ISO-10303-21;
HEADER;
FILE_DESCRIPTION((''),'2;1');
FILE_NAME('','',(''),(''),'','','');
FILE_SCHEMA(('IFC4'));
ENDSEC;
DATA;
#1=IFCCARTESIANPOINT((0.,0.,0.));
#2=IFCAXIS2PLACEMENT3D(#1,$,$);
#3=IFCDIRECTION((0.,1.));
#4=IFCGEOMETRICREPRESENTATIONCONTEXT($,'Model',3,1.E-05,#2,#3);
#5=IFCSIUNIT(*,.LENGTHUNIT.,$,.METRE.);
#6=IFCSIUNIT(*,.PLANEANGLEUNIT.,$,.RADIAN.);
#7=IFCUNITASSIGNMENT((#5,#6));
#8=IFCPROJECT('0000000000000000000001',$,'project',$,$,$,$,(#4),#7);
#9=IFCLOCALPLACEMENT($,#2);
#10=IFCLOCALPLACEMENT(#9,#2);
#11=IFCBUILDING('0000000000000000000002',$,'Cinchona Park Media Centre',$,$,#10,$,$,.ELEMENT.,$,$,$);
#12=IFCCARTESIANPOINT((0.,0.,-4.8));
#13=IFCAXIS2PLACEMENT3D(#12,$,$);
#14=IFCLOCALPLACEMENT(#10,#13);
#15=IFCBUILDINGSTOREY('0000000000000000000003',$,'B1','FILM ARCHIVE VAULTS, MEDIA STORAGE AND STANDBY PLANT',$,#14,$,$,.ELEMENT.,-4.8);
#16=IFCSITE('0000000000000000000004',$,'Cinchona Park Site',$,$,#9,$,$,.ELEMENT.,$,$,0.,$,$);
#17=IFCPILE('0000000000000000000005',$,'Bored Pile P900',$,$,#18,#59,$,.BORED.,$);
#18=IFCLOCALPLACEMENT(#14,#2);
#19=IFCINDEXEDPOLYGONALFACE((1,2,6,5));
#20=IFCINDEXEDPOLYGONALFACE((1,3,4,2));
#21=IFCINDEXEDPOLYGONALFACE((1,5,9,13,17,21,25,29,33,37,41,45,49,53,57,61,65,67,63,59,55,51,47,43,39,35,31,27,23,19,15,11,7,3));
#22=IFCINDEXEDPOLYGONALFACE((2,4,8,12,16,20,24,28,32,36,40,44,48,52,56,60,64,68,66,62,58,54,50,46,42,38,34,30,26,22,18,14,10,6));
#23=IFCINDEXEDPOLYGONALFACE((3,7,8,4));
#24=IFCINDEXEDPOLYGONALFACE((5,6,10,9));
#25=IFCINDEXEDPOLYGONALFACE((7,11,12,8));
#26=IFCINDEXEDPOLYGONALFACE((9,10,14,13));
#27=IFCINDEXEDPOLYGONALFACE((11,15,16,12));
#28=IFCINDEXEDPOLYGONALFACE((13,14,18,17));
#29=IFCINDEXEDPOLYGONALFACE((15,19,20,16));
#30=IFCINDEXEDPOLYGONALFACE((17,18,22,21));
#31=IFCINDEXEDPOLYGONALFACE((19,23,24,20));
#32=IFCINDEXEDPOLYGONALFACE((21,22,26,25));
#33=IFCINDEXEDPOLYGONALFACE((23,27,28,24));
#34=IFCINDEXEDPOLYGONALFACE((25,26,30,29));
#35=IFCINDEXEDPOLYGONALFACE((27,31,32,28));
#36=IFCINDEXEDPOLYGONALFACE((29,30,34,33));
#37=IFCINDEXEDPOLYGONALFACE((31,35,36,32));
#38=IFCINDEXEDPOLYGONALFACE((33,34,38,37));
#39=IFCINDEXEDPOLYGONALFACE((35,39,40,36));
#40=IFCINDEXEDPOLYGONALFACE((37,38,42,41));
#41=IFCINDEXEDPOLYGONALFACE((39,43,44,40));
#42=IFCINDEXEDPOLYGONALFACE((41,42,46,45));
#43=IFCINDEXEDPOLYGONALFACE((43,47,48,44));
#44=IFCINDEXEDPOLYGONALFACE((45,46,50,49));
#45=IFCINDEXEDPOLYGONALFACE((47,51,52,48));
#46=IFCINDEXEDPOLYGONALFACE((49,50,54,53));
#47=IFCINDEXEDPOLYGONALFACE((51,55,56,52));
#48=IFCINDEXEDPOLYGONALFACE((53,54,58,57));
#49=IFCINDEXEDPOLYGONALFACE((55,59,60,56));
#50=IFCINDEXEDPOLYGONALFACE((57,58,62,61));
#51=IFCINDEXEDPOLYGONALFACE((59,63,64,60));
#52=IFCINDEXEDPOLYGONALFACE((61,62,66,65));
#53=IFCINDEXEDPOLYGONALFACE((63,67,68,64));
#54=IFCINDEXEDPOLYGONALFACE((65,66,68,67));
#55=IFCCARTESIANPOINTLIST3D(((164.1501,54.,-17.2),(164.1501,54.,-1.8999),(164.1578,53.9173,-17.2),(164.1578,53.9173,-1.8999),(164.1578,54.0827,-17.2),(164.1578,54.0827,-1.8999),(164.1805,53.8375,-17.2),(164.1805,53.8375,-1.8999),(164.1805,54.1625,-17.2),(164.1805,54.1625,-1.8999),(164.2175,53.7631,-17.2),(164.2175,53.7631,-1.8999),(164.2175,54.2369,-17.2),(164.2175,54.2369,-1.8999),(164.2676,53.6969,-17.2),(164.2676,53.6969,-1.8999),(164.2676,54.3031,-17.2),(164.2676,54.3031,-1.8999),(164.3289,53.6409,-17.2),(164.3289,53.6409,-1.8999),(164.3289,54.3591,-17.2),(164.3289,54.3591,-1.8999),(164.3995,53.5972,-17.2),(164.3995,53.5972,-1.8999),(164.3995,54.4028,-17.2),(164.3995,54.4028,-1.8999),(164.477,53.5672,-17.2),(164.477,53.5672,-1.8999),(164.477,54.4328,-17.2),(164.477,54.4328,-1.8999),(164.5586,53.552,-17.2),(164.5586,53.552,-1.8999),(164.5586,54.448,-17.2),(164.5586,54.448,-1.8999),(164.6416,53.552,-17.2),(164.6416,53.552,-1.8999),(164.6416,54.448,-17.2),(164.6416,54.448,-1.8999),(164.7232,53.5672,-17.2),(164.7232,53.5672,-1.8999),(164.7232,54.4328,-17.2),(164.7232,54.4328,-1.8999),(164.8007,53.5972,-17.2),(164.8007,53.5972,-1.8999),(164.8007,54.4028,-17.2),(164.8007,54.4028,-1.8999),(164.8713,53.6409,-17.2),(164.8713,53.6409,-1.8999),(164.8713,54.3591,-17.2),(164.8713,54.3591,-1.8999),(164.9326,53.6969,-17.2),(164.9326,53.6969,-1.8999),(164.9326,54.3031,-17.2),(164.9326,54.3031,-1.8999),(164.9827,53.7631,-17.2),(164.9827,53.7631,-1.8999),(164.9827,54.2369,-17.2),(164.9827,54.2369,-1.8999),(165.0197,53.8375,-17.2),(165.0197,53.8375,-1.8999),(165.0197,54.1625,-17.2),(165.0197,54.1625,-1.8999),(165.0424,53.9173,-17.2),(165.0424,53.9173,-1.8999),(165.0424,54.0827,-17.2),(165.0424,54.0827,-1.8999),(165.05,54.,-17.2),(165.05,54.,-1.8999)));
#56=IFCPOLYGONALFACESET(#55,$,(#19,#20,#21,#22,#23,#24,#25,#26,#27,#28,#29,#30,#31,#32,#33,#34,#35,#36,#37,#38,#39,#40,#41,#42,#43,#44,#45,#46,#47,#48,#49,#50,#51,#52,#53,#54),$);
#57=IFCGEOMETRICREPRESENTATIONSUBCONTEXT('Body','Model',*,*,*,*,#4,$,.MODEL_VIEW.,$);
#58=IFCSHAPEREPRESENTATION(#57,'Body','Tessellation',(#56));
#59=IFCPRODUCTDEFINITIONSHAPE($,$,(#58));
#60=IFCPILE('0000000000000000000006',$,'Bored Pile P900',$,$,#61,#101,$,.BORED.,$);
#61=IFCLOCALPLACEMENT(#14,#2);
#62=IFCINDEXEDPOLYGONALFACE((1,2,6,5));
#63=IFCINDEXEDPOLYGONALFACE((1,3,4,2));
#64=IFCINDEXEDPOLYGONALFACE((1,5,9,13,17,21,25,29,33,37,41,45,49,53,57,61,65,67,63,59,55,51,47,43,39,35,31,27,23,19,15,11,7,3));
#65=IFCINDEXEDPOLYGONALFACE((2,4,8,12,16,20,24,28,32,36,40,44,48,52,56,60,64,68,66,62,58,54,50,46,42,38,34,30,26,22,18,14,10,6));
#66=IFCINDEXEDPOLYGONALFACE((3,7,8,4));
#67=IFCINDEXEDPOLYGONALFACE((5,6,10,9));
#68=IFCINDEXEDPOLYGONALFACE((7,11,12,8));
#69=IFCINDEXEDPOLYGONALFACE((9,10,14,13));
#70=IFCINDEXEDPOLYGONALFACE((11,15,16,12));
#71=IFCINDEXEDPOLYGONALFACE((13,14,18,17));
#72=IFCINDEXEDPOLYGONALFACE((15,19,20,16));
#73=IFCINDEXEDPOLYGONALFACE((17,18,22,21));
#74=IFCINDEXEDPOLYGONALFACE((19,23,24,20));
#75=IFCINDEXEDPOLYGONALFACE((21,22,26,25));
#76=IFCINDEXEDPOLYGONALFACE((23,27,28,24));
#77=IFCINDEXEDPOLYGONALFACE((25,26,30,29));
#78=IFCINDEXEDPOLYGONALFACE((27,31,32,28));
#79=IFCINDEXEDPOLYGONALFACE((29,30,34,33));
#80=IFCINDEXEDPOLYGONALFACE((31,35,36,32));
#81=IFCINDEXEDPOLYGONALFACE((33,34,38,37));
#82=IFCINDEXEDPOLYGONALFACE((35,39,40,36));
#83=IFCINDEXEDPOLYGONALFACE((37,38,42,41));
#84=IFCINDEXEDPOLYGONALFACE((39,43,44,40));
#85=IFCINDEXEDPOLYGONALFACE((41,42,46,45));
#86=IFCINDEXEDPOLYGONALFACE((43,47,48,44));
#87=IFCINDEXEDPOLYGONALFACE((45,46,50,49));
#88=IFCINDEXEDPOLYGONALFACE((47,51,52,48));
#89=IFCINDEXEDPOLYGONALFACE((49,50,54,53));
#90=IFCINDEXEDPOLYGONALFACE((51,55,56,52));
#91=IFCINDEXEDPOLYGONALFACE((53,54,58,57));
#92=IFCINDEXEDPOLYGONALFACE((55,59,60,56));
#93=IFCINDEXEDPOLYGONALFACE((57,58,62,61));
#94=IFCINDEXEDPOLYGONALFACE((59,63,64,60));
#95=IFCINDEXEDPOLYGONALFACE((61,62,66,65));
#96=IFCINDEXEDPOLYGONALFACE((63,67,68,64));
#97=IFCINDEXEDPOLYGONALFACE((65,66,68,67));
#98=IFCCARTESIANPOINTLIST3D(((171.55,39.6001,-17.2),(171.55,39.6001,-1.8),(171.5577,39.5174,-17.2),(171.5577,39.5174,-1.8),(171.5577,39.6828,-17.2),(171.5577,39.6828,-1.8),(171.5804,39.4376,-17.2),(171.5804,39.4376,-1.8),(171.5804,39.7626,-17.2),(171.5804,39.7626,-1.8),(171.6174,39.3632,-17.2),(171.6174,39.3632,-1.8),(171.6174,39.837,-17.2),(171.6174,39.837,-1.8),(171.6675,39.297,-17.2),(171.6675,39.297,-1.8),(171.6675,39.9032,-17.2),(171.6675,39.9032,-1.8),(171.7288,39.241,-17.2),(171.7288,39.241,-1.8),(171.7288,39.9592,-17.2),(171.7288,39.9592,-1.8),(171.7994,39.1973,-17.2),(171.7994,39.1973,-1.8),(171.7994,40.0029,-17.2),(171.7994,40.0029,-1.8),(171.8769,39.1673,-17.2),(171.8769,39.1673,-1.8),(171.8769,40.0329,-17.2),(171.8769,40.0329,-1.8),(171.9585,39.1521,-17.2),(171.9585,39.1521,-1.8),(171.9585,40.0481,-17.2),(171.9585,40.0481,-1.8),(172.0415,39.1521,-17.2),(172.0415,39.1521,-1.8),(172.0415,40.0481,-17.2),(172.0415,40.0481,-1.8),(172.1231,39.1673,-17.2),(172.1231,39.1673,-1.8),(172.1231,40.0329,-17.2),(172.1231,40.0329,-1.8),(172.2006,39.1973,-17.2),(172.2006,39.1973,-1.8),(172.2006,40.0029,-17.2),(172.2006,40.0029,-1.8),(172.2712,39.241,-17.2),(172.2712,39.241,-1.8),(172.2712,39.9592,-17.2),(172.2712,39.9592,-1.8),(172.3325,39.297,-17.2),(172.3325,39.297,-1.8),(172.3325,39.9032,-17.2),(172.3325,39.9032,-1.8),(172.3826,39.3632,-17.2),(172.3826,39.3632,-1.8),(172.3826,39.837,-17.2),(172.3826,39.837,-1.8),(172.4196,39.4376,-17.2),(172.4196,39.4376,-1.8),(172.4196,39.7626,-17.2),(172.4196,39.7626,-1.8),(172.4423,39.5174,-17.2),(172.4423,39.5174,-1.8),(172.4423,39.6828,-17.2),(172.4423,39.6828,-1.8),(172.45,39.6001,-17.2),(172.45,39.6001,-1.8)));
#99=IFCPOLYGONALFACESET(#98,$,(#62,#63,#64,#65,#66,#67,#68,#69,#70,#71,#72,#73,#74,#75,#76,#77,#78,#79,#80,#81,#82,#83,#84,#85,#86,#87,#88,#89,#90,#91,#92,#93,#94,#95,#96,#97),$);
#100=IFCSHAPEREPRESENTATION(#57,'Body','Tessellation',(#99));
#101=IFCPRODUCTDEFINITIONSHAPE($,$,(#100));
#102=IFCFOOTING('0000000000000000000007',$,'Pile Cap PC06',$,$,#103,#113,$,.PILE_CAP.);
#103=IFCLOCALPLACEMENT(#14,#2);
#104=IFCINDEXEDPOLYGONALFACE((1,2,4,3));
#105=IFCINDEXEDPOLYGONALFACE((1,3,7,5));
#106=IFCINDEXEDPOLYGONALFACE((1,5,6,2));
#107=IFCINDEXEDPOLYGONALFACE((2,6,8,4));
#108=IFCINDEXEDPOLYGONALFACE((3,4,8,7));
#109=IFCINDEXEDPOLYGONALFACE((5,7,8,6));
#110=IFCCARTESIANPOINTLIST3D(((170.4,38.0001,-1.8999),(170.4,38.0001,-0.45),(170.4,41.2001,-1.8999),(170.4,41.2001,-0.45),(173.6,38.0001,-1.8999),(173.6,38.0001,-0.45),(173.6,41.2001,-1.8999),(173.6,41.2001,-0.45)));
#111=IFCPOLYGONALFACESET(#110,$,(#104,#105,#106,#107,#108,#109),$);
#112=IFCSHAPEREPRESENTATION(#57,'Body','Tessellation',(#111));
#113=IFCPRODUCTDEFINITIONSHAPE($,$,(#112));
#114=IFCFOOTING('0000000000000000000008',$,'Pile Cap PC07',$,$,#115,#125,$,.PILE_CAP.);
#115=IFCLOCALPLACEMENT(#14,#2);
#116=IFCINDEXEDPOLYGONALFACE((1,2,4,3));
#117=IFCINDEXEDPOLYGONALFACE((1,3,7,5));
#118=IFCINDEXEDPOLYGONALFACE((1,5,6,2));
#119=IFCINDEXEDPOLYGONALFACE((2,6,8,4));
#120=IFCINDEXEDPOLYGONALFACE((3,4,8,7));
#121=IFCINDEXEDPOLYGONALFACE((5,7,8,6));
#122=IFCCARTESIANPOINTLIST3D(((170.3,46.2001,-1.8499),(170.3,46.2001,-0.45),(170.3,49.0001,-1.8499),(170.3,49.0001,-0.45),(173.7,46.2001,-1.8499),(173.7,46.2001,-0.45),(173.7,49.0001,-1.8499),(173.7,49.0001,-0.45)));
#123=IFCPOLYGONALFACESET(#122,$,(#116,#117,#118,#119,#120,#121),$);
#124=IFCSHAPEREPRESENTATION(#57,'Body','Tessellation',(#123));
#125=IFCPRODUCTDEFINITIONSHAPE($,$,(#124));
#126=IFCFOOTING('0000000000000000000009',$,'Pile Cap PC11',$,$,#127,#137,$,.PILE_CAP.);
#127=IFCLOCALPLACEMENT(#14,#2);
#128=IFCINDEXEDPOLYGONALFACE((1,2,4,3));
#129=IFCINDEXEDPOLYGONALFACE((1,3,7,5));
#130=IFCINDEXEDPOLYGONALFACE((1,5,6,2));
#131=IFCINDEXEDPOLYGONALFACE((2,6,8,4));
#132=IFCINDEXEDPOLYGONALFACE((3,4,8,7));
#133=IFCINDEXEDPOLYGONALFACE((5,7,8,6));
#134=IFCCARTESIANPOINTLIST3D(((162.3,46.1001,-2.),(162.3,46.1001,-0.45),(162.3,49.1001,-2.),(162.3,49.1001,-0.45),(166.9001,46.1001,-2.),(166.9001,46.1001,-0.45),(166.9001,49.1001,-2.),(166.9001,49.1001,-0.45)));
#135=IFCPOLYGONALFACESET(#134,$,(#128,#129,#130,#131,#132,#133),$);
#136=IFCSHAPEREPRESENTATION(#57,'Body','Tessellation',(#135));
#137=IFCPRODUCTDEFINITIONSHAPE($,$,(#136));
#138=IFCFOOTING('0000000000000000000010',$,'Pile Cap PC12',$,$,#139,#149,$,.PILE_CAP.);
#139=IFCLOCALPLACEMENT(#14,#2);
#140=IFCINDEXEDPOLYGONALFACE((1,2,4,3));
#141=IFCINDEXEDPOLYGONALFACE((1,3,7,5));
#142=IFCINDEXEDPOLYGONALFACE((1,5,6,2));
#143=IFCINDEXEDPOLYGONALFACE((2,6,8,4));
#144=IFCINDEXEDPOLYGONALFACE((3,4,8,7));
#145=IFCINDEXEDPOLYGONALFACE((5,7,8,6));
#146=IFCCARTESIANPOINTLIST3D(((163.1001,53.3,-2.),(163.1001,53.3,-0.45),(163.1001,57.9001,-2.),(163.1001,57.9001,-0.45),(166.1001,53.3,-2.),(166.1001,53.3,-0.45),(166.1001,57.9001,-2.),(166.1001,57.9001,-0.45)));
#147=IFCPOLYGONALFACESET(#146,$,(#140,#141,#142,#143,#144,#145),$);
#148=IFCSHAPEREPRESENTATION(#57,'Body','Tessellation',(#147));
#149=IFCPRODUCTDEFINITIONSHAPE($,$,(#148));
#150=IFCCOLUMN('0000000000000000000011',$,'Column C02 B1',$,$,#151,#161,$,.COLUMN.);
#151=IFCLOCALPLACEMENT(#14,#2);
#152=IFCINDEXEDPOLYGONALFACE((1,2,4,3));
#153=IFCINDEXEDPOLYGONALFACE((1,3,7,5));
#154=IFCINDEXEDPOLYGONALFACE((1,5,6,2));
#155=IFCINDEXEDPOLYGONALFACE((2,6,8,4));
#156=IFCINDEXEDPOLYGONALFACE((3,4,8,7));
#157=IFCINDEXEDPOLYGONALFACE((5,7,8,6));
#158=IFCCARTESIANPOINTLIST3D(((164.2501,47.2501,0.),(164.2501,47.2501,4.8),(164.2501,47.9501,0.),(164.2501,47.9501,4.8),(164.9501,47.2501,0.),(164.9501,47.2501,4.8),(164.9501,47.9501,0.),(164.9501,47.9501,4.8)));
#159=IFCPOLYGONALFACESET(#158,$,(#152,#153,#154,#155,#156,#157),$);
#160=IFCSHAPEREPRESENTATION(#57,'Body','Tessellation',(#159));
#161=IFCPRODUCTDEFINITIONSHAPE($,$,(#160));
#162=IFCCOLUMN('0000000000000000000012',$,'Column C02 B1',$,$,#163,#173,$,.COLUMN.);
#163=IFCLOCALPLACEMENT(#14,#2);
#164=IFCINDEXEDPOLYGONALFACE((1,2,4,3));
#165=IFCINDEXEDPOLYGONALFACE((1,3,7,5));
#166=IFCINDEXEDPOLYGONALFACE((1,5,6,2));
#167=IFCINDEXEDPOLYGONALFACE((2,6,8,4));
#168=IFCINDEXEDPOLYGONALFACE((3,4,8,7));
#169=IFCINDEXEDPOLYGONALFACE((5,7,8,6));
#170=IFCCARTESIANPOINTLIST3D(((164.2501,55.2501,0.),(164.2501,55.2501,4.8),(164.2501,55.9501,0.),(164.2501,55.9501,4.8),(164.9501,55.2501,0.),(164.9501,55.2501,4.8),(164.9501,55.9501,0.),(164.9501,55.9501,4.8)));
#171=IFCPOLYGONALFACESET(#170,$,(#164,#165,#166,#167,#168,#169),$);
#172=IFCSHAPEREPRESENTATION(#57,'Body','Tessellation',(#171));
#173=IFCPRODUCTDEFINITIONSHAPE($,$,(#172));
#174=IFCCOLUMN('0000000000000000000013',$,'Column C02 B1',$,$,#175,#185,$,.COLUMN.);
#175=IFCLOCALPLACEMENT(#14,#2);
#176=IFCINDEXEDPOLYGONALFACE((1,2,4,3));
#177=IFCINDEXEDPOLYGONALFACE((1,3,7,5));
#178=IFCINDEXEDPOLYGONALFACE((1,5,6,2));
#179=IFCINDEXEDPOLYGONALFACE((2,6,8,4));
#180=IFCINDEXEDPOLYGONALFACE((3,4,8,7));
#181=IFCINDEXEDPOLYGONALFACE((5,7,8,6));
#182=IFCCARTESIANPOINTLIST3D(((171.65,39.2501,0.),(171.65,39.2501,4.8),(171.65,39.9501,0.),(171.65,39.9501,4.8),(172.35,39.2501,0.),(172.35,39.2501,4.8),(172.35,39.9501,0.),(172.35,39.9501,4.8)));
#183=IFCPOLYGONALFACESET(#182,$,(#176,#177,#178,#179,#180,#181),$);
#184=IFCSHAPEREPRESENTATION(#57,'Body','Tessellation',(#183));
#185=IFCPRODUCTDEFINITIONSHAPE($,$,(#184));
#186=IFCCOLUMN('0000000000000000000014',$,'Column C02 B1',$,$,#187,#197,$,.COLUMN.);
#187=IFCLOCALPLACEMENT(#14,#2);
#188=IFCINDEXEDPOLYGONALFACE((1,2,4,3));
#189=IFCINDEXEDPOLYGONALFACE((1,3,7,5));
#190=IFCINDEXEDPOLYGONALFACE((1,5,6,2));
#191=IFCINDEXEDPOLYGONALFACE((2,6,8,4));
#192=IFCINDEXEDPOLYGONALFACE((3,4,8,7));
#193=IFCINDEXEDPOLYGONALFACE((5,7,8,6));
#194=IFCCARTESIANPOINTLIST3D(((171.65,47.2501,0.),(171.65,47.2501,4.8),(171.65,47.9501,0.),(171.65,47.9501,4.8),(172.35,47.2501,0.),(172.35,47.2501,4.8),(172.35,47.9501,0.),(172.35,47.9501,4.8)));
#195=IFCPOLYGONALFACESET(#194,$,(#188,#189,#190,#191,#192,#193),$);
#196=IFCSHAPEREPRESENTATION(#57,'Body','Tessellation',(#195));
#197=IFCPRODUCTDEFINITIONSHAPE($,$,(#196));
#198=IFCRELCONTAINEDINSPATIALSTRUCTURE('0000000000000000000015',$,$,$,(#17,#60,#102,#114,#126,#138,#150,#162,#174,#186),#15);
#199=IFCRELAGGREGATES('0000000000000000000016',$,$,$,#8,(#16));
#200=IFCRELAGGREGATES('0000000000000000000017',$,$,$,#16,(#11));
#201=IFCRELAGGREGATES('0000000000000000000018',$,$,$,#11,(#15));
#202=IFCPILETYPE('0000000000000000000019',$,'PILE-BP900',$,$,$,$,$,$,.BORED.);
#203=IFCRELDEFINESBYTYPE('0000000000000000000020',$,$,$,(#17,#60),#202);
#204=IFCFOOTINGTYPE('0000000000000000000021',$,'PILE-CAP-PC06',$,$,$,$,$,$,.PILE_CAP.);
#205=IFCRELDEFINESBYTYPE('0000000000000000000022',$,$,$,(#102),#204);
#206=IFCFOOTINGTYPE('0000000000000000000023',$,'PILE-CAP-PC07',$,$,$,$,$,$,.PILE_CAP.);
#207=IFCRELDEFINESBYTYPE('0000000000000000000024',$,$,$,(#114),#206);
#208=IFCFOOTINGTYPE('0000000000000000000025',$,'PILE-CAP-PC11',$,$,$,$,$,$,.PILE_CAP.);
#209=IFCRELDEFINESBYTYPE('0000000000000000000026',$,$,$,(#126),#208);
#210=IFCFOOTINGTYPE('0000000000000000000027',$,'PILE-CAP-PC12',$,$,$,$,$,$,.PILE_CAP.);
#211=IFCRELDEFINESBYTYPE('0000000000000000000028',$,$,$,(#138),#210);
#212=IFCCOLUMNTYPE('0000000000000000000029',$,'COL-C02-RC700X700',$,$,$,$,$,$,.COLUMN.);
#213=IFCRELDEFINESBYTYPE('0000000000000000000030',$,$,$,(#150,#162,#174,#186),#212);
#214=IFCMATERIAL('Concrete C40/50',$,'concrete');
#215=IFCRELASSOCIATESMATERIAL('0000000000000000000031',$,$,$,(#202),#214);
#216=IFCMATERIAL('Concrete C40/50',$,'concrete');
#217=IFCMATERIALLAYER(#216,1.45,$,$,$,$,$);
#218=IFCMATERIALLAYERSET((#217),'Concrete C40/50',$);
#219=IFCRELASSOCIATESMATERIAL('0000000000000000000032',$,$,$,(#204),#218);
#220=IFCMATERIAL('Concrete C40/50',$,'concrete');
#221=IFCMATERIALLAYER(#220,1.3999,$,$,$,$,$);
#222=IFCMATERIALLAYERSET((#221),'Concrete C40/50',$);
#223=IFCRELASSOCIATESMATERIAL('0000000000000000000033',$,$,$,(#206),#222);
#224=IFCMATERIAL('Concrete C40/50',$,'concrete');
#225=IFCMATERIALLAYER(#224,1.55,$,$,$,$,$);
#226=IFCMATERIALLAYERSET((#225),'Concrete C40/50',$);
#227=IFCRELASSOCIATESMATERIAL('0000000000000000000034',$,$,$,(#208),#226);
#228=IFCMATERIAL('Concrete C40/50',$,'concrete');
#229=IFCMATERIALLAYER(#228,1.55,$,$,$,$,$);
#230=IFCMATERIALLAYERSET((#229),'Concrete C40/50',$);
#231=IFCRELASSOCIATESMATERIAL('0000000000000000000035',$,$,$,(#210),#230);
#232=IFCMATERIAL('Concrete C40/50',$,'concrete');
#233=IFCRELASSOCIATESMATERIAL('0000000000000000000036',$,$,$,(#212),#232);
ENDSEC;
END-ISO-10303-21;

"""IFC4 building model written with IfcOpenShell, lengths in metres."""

from ifc_helpers import new_model, si_unit, direction, frame, origin, origin_2d, place, context, subcontext, project, spatial, rectangle, circle, extrude, material, layer, layer_set, material_profile, profile_set, type_object, element, save


model = new_model("IFC4")

# Units and contexts
model_context = context("Model", 3, precision=1e-05, world=origin(), true_north=direction((0.0, 1.0)))
body_context = subcontext(model_context, "Body", "Model", "MODEL_VIEW")
ifc_project = project(units=[si_unit("LENGTHUNIT", "METRE"), si_unit("PLANEANGLEUNIT", "RADIAN")], contexts=[model_context])

# Site, building, storey
site_placement = place(None, origin())
site = spatial("IfcSite", under=ifc_project, at=site_placement, Name="Cinchona Park Site", CompositionType="ELEMENT", RefElevation=0.0)
building_placement = place(site_placement, origin())
building = spatial("IfcBuilding", under=site, at=building_placement, Name="Cinchona Park Media Centre", CompositionType="ELEMENT")
storey_placement = place(building_placement, frame((0.0, 0.0, -4.8)))
storey = spatial("IfcBuildingStorey", under=building, at=storey_placement, Name="B1", Description="FILM ARCHIVE VAULTS, MEDIA STORAGE AND STANDBY PLANT", CompositionType="ELEMENT", Elevation=-4.8)

# Piles
ifc_material_1 = material(Name="Concrete C40/50", Category="concrete")
ifc_material_profile_1 = material_profile(ifc_material_1, circle(Radius=0.45, at=origin_2d()), Name="BORED PILE 900")
ifc_profile_set_1 = profile_set([ifc_material_profile_1], Name="Concrete C40/50")
pile_type_1 = type_object("IfcPileType", Name="PILE-BP900", PredefinedType="BORED", material=ifc_profile_set_1)
pile_1_placement = place(storey_placement, frame((164.6001, 54.0, -1.8999), z_axis=(0.0, 0.0, -1.0), x_axis=(1.0, 0.0, 0.0)))
element("IfcPile", 1, at=pile_1_placement, inside=storey, type_object=pile_type_1, Name="Bored Pile P900", PredefinedType="BORED", context=body_context, shape_type="SweptSolid", body=[
    extrude(circle(Radius=0.45, at=origin_2d()), origin(), (0.0, 0.0, 1.0), 15.3),
])
pile_2_placement = place(storey_placement, frame((172.0, 39.6001, -1.8), z_axis=(0.0, 0.0, -1.0), x_axis=(1.0, 0.0, 0.0)))
element("IfcPile", 2, at=pile_2_placement, inside=storey, type_object=pile_type_1, Name="Bored Pile P900", PredefinedType="BORED", context=body_context, shape_type="SweptSolid", body=[
    extrude(circle(Radius=0.45, at=origin_2d()), origin(), (0.0, 0.0, 1.0), 15.3999),
])

# Footings
ifc_material_2 = material(Name="Concrete C40/50", Category="concrete")
ifc_layer_1 = layer(ifc_material_2, 1.45)
ifc_layer_set_1 = layer_set([ifc_layer_1], Name="Concrete C40/50")
footing_type_1 = type_object("IfcFootingType", Name="PILE-CAP-PC06", PredefinedType="PILE_CAP", material=ifc_layer_set_1)
footing_1_placement = place(storey_placement, frame((172.0, 39.6001, -1.8999), z_axis=(0.0, 0.0, 1.0), x_axis=(1.0, 0.0, 0.0)))
element("IfcFooting", 3, at=footing_1_placement, inside=storey, type_object=footing_type_1, Name="Pile Cap PC06", PredefinedType="PILE_CAP", context=body_context, shape_type="SweptSolid", body=[
    extrude(rectangle(XDim=3.2, YDim=3.2, at=origin_2d()), origin(), (0.0, 0.0, 1.0), 1.45),
])
ifc_material_3 = material(Name="Concrete C40/50", Category="concrete")
ifc_layer_2 = layer(ifc_material_3, 1.3999)
ifc_layer_set_2 = layer_set([ifc_layer_2], Name="Concrete C40/50")
footing_type_2 = type_object("IfcFootingType", Name="PILE-CAP-PC07", PredefinedType="PILE_CAP", material=ifc_layer_set_2)
footing_2_placement = place(storey_placement, frame((172.0, 47.6001, -1.8499), z_axis=(0.0, 0.0, 1.0), x_axis=(1.0, 0.0, 0.0)))
element("IfcFooting", 4, at=footing_2_placement, inside=storey, type_object=footing_type_2, Name="Pile Cap PC07", PredefinedType="PILE_CAP", context=body_context, shape_type="SweptSolid", body=[
    extrude(rectangle(XDim=3.3999, YDim=2.8, at=origin_2d()), origin(), (0.0, 0.0, 1.0), 1.3999),
])
ifc_material_4 = material(Name="Concrete C40/50", Category="concrete")
ifc_layer_3 = layer(ifc_material_4, 1.55)
ifc_layer_set_3 = layer_set([ifc_layer_3], Name="Concrete C40/50")
footing_type_3 = type_object("IfcFootingType", Name="PILE-CAP-PC11", PredefinedType="PILE_CAP", material=ifc_layer_set_3)
footing_3_placement = place(storey_placement, frame((164.6001, 47.6001, -2.0), z_axis=(0.0, 0.0, 1.0), x_axis=(1.0, 0.0, 0.0)))
element("IfcFooting", 5, at=footing_3_placement, inside=storey, type_object=footing_type_3, Name="Pile Cap PC11", PredefinedType="PILE_CAP", context=body_context, shape_type="SweptSolid", body=[
    extrude(rectangle(XDim=4.6001, YDim=3.0, at=origin_2d()), origin(), (0.0, 0.0, 1.0), 1.55),
])
ifc_material_5 = material(Name="Concrete C40/50", Category="concrete")
ifc_layer_4 = layer(ifc_material_5, 1.55)
ifc_layer_set_4 = layer_set([ifc_layer_4], Name="Concrete C40/50")
footing_type_4 = type_object("IfcFootingType", Name="PILE-CAP-PC12", PredefinedType="PILE_CAP", material=ifc_layer_set_4)
footing_4_placement = place(storey_placement, frame((164.6001, 55.6001, -2.0), z_axis=(0.0, 0.0, 1.0), x_axis=(1.0, 0.0, 0.0)))
element("IfcFooting", 6, at=footing_4_placement, inside=storey, type_object=footing_type_4, Name="Pile Cap PC12", PredefinedType="PILE_CAP", context=body_context, shape_type="SweptSolid", body=[
    extrude(rectangle(XDim=3.0, YDim=4.6001, at=origin_2d()), origin(), (0.0, 0.0, 1.0), 1.55),
])

# Columns
ifc_material_6 = material(Name="Concrete C40/50", Category="concrete")
ifc_material_profile_2 = material_profile(ifc_material_6, rectangle(XDim=0.7, YDim=0.7, at=origin_2d()), Name="RC 700X700")
ifc_profile_set_2 = profile_set([ifc_material_profile_2], Name="Concrete C40/50")
column_type = type_object("IfcColumnType", Name="COL-C02-RC700X700", PredefinedType="COLUMN", material=ifc_profile_set_2)
for number, where, z_axis, x_axis, name in (
    (7, (164.6001, 47.6001, 0.0), (0.0, 0.0, 1.0), (1.0, 0.0, 0.0), "Column C02 B1"),
    (8, (164.6001, 55.6001, 0.0), (0.0, 0.0, 1.0), (1.0, 0.0, 0.0), "Column C02 B1"),
    (9, (172.0, 39.6001, 0.0), (0.0, 0.0, 1.0), (1.0, 0.0, 0.0), "Column C02 B1"),
    (10, (172.0, 47.6001, 0.0), (0.0, 0.0, 1.0), (1.0, 0.0, 0.0), "Column C02 B1"),
):
    element("IfcColumn", number, at=place(storey_placement, frame(where, z_axis=z_axis, x_axis=x_axis)), inside=storey, type_object=column_type, Name=name, PredefinedType="COLUMN", context=body_context, shape_type="SweptSolid", body=[
        extrude(rectangle(XDim=0.7, YDim=0.7, at=origin_2d()), origin(), (0.0, 0.0, 1.0), 4.8),
    ])

save(model, "model.ifc")
